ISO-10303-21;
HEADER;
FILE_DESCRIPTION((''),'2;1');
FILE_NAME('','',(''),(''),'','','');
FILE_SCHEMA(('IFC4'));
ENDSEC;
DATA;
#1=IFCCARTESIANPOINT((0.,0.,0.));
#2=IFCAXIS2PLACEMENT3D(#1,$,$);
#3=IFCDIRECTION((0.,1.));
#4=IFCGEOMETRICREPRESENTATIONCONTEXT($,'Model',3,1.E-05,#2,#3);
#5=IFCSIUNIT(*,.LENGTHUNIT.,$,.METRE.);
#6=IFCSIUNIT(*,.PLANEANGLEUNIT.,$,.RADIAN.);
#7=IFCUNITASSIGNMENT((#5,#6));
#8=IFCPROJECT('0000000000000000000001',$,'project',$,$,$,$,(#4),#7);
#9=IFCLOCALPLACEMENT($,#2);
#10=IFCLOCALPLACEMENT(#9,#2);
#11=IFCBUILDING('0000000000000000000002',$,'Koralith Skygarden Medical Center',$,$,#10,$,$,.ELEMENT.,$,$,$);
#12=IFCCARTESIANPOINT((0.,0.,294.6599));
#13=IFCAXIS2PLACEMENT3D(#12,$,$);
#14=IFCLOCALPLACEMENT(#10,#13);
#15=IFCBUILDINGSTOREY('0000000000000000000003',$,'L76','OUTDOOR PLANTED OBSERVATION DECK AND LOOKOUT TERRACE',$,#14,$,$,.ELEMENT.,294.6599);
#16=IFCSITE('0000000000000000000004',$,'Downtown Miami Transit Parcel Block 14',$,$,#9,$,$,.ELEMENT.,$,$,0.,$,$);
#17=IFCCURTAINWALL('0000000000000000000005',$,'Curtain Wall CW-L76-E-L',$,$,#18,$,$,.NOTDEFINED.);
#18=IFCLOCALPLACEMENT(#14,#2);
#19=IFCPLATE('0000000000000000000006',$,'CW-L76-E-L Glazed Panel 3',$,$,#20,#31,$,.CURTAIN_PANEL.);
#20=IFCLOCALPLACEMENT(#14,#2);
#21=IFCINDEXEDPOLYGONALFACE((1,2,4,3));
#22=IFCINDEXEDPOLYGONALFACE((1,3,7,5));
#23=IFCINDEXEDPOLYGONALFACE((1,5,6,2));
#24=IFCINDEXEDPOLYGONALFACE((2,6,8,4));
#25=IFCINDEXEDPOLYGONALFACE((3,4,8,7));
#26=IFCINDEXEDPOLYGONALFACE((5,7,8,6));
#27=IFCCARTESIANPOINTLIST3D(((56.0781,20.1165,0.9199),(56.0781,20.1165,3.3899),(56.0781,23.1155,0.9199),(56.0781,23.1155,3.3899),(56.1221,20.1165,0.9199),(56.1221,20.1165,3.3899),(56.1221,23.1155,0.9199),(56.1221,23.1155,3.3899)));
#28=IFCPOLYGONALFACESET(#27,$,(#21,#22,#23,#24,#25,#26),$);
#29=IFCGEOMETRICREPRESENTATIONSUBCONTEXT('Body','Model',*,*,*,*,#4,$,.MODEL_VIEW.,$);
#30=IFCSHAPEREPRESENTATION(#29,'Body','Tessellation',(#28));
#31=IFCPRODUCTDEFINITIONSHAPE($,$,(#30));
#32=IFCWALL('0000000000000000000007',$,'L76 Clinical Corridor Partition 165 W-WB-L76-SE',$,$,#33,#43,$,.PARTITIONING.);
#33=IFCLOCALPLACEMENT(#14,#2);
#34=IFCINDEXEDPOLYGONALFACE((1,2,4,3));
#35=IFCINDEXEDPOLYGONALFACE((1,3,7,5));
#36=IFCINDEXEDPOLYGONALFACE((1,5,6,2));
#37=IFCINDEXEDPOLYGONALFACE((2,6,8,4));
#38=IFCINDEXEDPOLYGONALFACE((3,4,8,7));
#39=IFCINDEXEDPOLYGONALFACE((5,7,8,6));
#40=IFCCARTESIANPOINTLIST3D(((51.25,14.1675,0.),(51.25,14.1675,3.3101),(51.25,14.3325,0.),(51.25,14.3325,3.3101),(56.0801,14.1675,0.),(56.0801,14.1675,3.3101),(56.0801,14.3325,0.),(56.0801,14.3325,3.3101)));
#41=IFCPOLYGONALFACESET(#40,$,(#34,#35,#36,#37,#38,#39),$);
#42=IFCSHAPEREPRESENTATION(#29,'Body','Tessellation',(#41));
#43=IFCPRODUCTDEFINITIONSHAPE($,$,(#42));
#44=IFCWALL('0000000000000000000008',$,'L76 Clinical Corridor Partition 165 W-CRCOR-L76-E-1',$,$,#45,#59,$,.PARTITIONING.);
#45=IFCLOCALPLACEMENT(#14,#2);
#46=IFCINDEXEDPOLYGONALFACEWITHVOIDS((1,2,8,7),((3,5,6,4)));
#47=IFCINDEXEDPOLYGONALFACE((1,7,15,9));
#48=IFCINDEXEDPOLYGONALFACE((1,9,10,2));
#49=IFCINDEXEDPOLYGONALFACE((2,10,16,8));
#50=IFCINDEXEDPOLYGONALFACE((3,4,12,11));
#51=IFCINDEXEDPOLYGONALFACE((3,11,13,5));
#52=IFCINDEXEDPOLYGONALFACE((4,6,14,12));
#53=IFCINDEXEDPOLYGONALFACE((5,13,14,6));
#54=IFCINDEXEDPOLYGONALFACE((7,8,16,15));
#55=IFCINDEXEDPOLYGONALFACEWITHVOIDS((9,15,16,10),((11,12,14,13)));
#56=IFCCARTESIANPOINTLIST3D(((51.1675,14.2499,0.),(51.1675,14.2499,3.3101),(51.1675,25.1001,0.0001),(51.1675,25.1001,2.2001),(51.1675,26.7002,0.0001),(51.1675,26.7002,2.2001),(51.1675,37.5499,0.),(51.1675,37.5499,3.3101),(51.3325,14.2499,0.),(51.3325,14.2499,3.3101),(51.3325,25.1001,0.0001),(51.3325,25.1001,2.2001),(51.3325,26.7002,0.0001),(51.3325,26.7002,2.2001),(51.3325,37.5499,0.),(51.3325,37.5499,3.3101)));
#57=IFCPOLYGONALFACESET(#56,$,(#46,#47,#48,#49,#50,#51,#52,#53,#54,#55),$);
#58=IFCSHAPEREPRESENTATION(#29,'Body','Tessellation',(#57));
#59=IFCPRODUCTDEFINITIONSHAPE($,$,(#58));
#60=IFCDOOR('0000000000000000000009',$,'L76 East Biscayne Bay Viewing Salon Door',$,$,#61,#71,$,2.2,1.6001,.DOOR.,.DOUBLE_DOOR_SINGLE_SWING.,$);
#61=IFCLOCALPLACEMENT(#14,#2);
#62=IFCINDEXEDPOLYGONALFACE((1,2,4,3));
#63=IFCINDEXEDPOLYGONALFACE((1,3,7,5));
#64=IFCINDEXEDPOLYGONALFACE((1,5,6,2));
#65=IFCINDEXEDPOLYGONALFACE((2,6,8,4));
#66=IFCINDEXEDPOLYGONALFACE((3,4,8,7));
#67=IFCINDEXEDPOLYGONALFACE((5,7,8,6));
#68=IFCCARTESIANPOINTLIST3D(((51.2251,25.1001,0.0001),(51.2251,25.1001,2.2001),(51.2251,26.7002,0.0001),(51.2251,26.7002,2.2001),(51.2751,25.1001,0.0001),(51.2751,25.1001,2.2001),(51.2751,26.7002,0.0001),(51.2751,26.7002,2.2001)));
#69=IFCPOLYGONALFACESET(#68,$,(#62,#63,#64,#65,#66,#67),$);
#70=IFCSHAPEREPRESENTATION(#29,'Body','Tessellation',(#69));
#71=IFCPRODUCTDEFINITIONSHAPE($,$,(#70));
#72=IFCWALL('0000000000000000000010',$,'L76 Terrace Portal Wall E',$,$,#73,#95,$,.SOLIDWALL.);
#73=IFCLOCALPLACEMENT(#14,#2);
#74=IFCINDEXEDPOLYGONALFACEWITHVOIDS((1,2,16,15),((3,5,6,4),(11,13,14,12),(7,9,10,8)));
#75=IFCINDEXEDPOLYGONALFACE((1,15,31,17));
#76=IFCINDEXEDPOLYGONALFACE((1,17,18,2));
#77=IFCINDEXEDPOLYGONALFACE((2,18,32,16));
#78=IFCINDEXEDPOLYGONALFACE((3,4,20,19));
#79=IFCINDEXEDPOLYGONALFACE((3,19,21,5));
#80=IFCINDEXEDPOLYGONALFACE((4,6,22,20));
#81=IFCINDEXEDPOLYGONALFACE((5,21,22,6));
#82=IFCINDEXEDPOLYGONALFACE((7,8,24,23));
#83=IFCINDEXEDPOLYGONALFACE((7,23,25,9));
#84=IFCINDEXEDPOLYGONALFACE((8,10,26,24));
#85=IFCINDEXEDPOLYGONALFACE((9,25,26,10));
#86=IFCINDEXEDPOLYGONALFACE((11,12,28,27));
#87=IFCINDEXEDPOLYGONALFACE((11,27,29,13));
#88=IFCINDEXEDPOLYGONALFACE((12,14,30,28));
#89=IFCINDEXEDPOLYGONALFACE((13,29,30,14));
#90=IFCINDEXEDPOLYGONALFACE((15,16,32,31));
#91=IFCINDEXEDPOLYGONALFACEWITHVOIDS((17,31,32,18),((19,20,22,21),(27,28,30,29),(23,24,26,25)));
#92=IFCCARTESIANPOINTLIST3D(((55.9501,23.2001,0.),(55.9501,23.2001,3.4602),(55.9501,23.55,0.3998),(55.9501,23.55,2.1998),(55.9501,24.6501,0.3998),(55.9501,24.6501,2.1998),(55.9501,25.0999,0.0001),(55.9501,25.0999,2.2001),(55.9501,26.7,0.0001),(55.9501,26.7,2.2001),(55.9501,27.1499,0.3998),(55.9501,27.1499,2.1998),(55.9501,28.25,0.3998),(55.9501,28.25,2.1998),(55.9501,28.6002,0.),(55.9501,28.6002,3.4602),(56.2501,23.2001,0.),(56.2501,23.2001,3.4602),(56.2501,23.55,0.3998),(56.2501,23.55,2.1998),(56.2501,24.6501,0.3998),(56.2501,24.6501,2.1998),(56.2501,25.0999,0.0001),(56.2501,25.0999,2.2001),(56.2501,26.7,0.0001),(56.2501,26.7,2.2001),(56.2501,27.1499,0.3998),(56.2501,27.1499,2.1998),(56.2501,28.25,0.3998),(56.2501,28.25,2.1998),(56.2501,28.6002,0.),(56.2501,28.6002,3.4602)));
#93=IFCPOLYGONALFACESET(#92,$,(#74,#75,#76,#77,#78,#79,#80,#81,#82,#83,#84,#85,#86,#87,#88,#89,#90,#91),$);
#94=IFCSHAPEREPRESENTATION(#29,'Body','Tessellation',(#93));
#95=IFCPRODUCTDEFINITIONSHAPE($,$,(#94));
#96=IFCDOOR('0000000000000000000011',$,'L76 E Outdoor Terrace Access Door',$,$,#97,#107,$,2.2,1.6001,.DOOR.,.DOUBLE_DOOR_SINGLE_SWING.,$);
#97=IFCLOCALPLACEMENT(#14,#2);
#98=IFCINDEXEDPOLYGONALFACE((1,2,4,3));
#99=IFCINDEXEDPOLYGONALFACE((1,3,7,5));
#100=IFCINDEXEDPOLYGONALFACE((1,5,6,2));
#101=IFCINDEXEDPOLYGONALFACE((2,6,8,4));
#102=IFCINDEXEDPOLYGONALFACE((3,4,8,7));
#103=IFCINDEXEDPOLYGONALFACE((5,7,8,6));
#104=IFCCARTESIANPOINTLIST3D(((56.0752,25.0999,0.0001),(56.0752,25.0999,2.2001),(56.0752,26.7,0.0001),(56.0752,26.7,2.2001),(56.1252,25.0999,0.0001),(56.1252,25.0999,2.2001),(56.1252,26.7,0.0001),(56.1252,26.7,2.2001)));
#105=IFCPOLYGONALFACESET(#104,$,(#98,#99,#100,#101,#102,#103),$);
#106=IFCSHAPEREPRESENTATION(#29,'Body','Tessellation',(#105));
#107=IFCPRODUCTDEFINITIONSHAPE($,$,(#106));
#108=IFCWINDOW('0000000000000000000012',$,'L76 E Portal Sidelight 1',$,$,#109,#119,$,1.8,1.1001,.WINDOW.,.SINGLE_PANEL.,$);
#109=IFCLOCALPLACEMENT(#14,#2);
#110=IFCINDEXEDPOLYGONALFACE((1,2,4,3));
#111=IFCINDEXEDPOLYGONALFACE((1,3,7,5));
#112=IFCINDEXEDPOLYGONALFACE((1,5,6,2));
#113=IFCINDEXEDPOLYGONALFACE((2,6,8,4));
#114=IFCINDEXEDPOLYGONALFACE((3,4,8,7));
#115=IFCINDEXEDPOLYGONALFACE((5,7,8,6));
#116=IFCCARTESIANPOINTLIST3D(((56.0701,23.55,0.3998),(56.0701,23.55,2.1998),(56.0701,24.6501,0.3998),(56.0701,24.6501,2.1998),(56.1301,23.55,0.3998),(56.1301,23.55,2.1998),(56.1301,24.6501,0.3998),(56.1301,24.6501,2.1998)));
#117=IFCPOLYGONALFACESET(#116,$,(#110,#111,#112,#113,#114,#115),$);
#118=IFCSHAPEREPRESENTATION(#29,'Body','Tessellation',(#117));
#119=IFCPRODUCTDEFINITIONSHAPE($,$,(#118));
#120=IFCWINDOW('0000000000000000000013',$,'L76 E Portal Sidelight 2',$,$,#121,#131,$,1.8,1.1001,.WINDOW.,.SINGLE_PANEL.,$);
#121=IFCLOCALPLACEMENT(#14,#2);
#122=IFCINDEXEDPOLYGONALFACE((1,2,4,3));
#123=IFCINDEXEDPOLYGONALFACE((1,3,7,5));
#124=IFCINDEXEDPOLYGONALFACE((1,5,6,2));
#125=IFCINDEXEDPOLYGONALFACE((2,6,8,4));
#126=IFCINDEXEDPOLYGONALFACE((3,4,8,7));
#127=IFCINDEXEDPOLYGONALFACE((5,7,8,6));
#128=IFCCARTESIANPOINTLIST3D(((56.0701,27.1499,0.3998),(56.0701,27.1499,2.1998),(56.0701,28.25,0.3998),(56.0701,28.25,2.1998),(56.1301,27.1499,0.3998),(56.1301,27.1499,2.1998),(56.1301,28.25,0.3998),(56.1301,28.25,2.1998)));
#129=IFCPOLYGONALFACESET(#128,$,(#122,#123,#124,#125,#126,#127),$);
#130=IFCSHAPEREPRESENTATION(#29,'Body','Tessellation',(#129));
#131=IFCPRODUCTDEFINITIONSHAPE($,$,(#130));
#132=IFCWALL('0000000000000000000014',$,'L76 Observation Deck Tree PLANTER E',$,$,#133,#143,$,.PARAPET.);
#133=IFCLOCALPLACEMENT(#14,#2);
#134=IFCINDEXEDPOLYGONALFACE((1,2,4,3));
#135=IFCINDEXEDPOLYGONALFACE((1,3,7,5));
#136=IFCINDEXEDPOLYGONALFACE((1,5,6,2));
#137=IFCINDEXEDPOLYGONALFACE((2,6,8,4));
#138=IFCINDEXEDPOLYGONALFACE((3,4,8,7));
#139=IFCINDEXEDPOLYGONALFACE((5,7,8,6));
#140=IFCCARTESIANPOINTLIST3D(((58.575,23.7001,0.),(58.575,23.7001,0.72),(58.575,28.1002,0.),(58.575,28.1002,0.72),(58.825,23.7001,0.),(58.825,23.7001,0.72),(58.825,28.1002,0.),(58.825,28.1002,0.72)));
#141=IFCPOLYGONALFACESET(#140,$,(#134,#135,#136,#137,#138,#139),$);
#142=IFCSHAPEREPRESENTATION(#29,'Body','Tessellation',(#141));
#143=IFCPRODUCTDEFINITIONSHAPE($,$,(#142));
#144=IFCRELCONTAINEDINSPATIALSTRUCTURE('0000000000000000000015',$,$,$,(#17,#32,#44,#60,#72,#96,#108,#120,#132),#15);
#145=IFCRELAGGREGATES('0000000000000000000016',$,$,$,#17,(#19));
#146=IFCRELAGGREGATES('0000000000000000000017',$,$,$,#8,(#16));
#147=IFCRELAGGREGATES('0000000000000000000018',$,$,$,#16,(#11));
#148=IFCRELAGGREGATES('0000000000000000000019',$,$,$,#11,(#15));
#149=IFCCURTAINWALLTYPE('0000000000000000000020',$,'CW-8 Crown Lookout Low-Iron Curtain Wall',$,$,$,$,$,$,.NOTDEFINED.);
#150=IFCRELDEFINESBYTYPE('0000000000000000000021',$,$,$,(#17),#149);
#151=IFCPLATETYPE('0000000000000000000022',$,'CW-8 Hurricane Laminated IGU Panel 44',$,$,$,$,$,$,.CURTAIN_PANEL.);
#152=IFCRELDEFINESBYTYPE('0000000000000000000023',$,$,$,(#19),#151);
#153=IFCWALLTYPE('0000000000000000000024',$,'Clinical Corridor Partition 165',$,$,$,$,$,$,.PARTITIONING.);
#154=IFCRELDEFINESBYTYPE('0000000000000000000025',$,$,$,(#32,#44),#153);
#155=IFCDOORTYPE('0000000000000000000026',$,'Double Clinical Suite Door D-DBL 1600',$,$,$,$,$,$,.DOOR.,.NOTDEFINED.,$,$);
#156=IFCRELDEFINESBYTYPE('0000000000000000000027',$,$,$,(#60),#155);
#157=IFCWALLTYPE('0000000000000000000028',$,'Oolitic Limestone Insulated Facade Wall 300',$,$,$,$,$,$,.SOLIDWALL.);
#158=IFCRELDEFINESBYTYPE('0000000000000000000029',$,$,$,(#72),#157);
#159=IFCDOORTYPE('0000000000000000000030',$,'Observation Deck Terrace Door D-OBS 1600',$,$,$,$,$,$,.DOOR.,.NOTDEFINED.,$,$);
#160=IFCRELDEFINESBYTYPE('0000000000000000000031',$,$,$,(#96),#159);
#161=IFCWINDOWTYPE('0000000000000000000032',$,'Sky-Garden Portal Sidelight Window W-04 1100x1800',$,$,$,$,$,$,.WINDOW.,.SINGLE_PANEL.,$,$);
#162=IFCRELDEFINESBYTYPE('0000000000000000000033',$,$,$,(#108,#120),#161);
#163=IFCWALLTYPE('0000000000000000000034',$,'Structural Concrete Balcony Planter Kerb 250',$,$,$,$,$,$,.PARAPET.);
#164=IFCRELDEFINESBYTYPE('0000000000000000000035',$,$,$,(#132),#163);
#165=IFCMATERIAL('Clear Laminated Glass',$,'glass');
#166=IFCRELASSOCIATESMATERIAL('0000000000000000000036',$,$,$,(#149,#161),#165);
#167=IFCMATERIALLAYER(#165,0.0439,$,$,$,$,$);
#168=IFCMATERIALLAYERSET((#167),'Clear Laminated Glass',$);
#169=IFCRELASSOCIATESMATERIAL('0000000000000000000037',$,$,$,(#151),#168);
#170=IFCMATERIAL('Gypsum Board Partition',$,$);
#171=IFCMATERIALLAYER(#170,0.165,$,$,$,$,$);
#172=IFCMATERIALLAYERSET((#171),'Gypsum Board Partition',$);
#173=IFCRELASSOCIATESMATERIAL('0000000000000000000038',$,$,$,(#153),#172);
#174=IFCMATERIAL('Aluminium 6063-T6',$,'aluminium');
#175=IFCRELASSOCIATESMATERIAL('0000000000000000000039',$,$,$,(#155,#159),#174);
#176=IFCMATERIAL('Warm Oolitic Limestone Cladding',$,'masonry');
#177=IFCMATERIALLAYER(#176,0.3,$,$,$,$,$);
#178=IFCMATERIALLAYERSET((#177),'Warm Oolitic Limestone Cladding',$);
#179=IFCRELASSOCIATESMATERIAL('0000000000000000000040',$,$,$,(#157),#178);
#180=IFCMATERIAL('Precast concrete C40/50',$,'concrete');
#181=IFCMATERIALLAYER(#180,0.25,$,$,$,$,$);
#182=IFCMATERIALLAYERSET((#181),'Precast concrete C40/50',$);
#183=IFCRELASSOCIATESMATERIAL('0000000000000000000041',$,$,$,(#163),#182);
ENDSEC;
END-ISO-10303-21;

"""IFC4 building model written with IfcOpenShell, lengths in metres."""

from ifc_helpers import new_model, si_unit, direction, frame, frame_2d, origin, origin_2d, place, context, subcontext, project, spatial, rectangle, extrude, material, layer, layer_set, type_object, element, fill, aggregate, save


model = new_model("IFC4")

# Units and contexts
model_context = context("Model", 3, precision=1e-05, world=origin(), true_north=direction((0.0, 1.0)))
body_context = subcontext(model_context, "Body", "Model", "MODEL_VIEW")
ifc_project = project(units=[si_unit("LENGTHUNIT", "METRE"), si_unit("PLANEANGLEUNIT", "RADIAN")], contexts=[model_context])

# Site, building, storey
site_placement = place(None, origin())
site = spatial("IfcSite", under=ifc_project, at=site_placement, Name="Downtown Miami Transit Parcel Block 14", CompositionType="ELEMENT", RefElevation=0.0)
building_placement = place(site_placement, origin())
building = spatial("IfcBuilding", under=site, at=building_placement, Name="Koralith Skygarden Medical Center", CompositionType="ELEMENT")
storey_placement = place(building_placement, frame((0.0, 0.0, 294.6599)))
storey = spatial("IfcBuildingStorey", under=building, at=storey_placement, Name="L76", Description="OUTDOOR PLANTED OBSERVATION DECK AND LOOKOUT TERRACE", CompositionType="ELEMENT", Elevation=294.6599)

# Curtain wall
ifc_material_1 = material(Name="Clear Laminated Glass", Category="glass")
curtain_wall_type = type_object("IfcCurtainWallType", Name="CW-8 Crown Lookout Low-Iron Curtain Wall", PredefinedType="NOTDEFINED", material=ifc_material_1)
curtain_wall_placement = place(storey_placement, origin())
curtain_wall = element("IfcCurtainWall", 1, at=curtain_wall_placement, inside=storey, type_object=curtain_wall_type, Name="Curtain Wall CW-L76-E-L", PredefinedType="NOTDEFINED")
ifc_material_2 = material(Name="Aluminium 6063-T6", Category="aluminium")

# Plate
ifc_layer_1 = layer(ifc_material_1, 0.0439)
ifc_layer_set_1 = layer_set([ifc_layer_1], Name="Clear Laminated Glass")
plate_type = type_object("IfcPlateType", Name="CW-8 Hurricane Laminated IGU Panel 44", PredefinedType="CURTAIN_PANEL", material=ifc_layer_set_1)
plate_1_placement = place(storey_placement, frame((56.1001, 21.616, 0.9199), z_axis=(0.0, 0.0, 1.0), x_axis=(0.0, 1.0, 0.0)))
plate_1 = element("IfcPlate", 2, at=plate_1_placement, type_object=plate_type, Name="CW-L76-E-L Glazed Panel 3", PredefinedType="CURTAIN_PANEL", context=body_context, shape_type="SweptSolid", body=[
    extrude(rectangle(XDim=2.999, YDim=0.0439, at=origin_2d()), origin(), (0.0, 0.0, 1.0), 2.47),
])
aggregate(curtain_wall, [plate_1])

# Wall
ifc_material_3 = material(Name="Gypsum Board Partition")
ifc_layer_2 = layer(ifc_material_3, 0.165)
ifc_layer_set_2 = layer_set([ifc_layer_2], Name="Gypsum Board Partition")
wall_type_1 = type_object("IfcWallType", Name="Clinical Corridor Partition 165", PredefinedType="PARTITIONING", material=ifc_layer_set_2)
wall_1_placement = place(storey_placement, frame((51.25, 14.25, 0.0), z_axis=(0.0, 0.0, 1.0), x_axis=(1.0, 0.0, 0.0)))
element("IfcWall", 3, at=wall_1_placement, inside=storey, type_object=wall_type_1, Name="L76 Clinical Corridor Partition 165 W-WB-L76-SE", PredefinedType="PARTITIONING", context=body_context, shape_type="SweptSolid", body=[
    extrude(rectangle(XDim=4.8301, YDim=0.165, at=frame_2d((2.415, 0.0))), origin(), (0.0, 0.0, 1.0), 3.3101),
])

# Wall, opening, door
wall_2_placement = place(storey_placement, frame((51.25, 14.25, 0.0), z_axis=(0.0, 0.0, 1.0), x_axis=(0.0, 1.0, 0.0)))
wall_2 = element("IfcWall", 4, at=wall_2_placement, inside=storey, type_object=wall_type_1, Name="L76 Clinical Corridor Partition 165 W-CRCOR-L76-E-1", PredefinedType="PARTITIONING", context=body_context, shape_type="SweptSolid", body=[
    extrude(rectangle(XDim=23.3, YDim=0.165, at=frame_2d((11.6499, 0.0))), origin(), (0.0, 0.0, 1.0), 3.3101),
])
opening_1_placement = place(wall_2_placement, frame((10.8501, 0.0, 0.0)))
opening_1 = element("IfcOpeningElement", 5, at=opening_1_placement, cuts=wall_2, PredefinedType="OPENING", context=body_context, shape_type="SweptSolid", body=[
    extrude(rectangle(XDim=1.6001, YDim=2.2, at=frame_2d((0.8, 1.1001))), frame((0.0, 0.0925, 0.0), z_axis=(0.0, -1.0, 0.0), x_axis=(1.0, 0.0, 0.0)), (0.0, 0.0, 1.0), 0.1851),
])
door_type_1 = type_object("IfcDoorType", Name="Double Clinical Suite Door D-DBL 1600", OperationType="NOTDEFINED", PredefinedType="DOOR", material=ifc_material_2)
door_1_placement = place(opening_1_placement, origin())
door_1 = element("IfcDoor", 6, at=door_1_placement, inside=storey, type_object=door_type_1, Name="L76 East Biscayne Bay Viewing Salon Door", OperationType="DOUBLE_DOOR_SINGLE_SWING", OverallHeight=2.2, OverallWidth=1.6001, PredefinedType="DOOR", context=body_context, shape_type="SweptSolid", body=[
    extrude(rectangle(XDim=1.6001, YDim=2.2, at=frame_2d((0.8, 1.1001))), frame((0.0, 0.0249, 0.0), z_axis=(0.0, -1.0, 0.0), x_axis=(1.0, 0.0, 0.0)), (0.0, 0.0, 1.0), 0.05),
])
fill(opening_1, door_1)

# Wall, openings, door, windows
ifc_material_4 = material(Name="Warm Oolitic Limestone Cladding", Category="masonry")
ifc_layer_3 = layer(ifc_material_4, 0.3)
ifc_layer_set_3 = layer_set([ifc_layer_3], Name="Warm Oolitic Limestone Cladding")
wall_type_2 = type_object("IfcWallType", Name="Oolitic Limestone Insulated Facade Wall 300", PredefinedType="SOLIDWALL", material=ifc_layer_set_3)
wall_3_placement = place(storey_placement, frame((56.1001, 23.2, 0.0), z_axis=(0.0, 0.0, 1.0), x_axis=(0.0, 1.0, 0.0)))
wall_3 = element("IfcWall", 7, at=wall_3_placement, inside=storey, type_object=wall_type_2, Name="L76 Terrace Portal Wall E", PredefinedType="SOLIDWALL", context=body_context, shape_type="SweptSolid", body=[
    extrude(rectangle(XDim=5.4001, YDim=0.3, at=frame_2d((2.7002, 0.0))), origin(), (0.0, 0.0, 1.0), 3.4602),
])
opening_2_placement = place(wall_3_placement, frame((1.8999, 0.0, 0.0)))
opening_2 = element("IfcOpeningElement", 8, at=opening_2_placement, cuts=wall_3, PredefinedType="OPENING", context=body_context, shape_type="SweptSolid", body=[
    extrude(rectangle(XDim=1.6001, YDim=2.2, at=frame_2d((0.8, 1.1001))), frame((0.0, 0.1599, 0.0), z_axis=(0.0, -1.0, 0.0), x_axis=(1.0, 0.0, 0.0)), (0.0, 0.0, 1.0), 0.3201),
])
opening_3_placement = place(wall_3_placement, frame((0.3501, 0.0, 0.3999)))
opening_3 = element("IfcOpeningElement", 9, at=opening_3_placement, cuts=wall_3, PredefinedType="OPENING", context=body_context, shape_type="SweptSolid", body=[
    extrude(rectangle(XDim=1.1001, YDim=1.8, at=frame_2d((0.55, 0.8999))), frame((0.0, 0.1599, 0.0), z_axis=(0.0, -1.0, 0.0), x_axis=(1.0, 0.0, 0.0)), (0.0, 0.0, 1.0), 0.3201),
])
opening_4_placement = place(wall_3_placement, frame((3.95, 0.0, 0.3999)))
opening_4 = element("IfcOpeningElement", 10, at=opening_4_placement, cuts=wall_3, PredefinedType="OPENING", context=body_context, shape_type="SweptSolid", body=[
    extrude(rectangle(XDim=1.1001, YDim=1.8, at=frame_2d((0.55, 0.8999))), frame((0.0, 0.1599, 0.0), z_axis=(0.0, -1.0, 0.0), x_axis=(1.0, 0.0, 0.0)), (0.0, 0.0, 1.0), 0.3201),
])
door_type_2 = type_object("IfcDoorType", Name="Observation Deck Terrace Door D-OBS 1600", OperationType="NOTDEFINED", PredefinedType="DOOR", material=ifc_material_2)
door_2_placement = place(opening_2_placement, origin())
door_2 = element("IfcDoor", 11, at=door_2_placement, inside=storey, type_object=door_type_2, Name="L76 E Outdoor Terrace Access Door", OperationType="DOUBLE_DOOR_SINGLE_SWING", OverallHeight=2.2, OverallWidth=1.6001, PredefinedType="DOOR", context=body_context, shape_type="SweptSolid", body=[
    extrude(rectangle(XDim=1.6001, YDim=2.2, at=frame_2d((0.8, 1.1001))), frame((0.0, 0.0249, 0.0), z_axis=(0.0, -1.0, 0.0), x_axis=(1.0, 0.0, 0.0)), (0.0, 0.0, 1.0), 0.05),
])
fill(opening_2, door_2)
window_type = type_object("IfcWindowType", Name="Sky-Garden Portal Sidelight Window W-04 1100x1800", PartitioningType="SINGLE_PANEL", PredefinedType="WINDOW", material=ifc_material_1)
window_1_placement = place(opening_3_placement, origin())
window_1 = element("IfcWindow", 12, at=window_1_placement, inside=storey, type_object=window_type, Name="L76 E Portal Sidelight 1", OverallHeight=1.8, OverallWidth=1.1001, PartitioningType="SINGLE_PANEL", PredefinedType="WINDOW", context=body_context, shape_type="SweptSolid", body=[
    extrude(rectangle(XDim=1.1001, YDim=1.8, at=frame_2d((0.55, 0.8999))), frame((0.0, 0.03, 0.0), z_axis=(0.0, -1.0, 0.0), x_axis=(1.0, 0.0, 0.0)), (0.0, 0.0, 1.0), 0.0601),
])
fill(opening_3, window_1)
window_2_placement = place(opening_4_placement, origin())
window_2 = element("IfcWindow", 13, at=window_2_placement, inside=storey, type_object=window_type, Name="L76 E Portal Sidelight 2", OverallHeight=1.8, OverallWidth=1.1001, PartitioningType="SINGLE_PANEL", PredefinedType="WINDOW", context=body_context, shape_type="SweptSolid", body=[
    extrude(rectangle(XDim=1.1001, YDim=1.8, at=frame_2d((0.55, 0.8999))), frame((0.0, 0.03, 0.0), z_axis=(0.0, -1.0, 0.0), x_axis=(1.0, 0.0, 0.0)), (0.0, 0.0, 1.0), 0.0601),
])
fill(opening_4, window_2)

# Wall
ifc_material_5 = material(Name="Precast concrete C40/50", Category="concrete")
ifc_layer_4 = layer(ifc_material_5, 0.25)
ifc_layer_set_4 = layer_set([ifc_layer_4], Name="Precast concrete C40/50")
wall_type_3 = type_object("IfcWallType", Name="Structural Concrete Balcony Planter Kerb 250", PredefinedType="PARAPET", material=ifc_layer_set_4)
wall_4_placement = place(storey_placement, frame((58.7, 23.7, 0.0), z_axis=(0.0, 0.0, 1.0), x_axis=(0.0, 1.0, 0.0)))
element("IfcWall", 14, at=wall_4_placement, inside=storey, type_object=wall_type_3, Name="L76 Observation Deck Tree PLANTER E", PredefinedType="PARAPET", context=body_context, shape_type="SweptSolid", body=[
    extrude(rectangle(XDim=4.4001, YDim=0.25, at=frame_2d((2.2002, 0.0))), origin(), (0.0, 0.0, 1.0), 0.72),
])

save(model, "model.ifc")
